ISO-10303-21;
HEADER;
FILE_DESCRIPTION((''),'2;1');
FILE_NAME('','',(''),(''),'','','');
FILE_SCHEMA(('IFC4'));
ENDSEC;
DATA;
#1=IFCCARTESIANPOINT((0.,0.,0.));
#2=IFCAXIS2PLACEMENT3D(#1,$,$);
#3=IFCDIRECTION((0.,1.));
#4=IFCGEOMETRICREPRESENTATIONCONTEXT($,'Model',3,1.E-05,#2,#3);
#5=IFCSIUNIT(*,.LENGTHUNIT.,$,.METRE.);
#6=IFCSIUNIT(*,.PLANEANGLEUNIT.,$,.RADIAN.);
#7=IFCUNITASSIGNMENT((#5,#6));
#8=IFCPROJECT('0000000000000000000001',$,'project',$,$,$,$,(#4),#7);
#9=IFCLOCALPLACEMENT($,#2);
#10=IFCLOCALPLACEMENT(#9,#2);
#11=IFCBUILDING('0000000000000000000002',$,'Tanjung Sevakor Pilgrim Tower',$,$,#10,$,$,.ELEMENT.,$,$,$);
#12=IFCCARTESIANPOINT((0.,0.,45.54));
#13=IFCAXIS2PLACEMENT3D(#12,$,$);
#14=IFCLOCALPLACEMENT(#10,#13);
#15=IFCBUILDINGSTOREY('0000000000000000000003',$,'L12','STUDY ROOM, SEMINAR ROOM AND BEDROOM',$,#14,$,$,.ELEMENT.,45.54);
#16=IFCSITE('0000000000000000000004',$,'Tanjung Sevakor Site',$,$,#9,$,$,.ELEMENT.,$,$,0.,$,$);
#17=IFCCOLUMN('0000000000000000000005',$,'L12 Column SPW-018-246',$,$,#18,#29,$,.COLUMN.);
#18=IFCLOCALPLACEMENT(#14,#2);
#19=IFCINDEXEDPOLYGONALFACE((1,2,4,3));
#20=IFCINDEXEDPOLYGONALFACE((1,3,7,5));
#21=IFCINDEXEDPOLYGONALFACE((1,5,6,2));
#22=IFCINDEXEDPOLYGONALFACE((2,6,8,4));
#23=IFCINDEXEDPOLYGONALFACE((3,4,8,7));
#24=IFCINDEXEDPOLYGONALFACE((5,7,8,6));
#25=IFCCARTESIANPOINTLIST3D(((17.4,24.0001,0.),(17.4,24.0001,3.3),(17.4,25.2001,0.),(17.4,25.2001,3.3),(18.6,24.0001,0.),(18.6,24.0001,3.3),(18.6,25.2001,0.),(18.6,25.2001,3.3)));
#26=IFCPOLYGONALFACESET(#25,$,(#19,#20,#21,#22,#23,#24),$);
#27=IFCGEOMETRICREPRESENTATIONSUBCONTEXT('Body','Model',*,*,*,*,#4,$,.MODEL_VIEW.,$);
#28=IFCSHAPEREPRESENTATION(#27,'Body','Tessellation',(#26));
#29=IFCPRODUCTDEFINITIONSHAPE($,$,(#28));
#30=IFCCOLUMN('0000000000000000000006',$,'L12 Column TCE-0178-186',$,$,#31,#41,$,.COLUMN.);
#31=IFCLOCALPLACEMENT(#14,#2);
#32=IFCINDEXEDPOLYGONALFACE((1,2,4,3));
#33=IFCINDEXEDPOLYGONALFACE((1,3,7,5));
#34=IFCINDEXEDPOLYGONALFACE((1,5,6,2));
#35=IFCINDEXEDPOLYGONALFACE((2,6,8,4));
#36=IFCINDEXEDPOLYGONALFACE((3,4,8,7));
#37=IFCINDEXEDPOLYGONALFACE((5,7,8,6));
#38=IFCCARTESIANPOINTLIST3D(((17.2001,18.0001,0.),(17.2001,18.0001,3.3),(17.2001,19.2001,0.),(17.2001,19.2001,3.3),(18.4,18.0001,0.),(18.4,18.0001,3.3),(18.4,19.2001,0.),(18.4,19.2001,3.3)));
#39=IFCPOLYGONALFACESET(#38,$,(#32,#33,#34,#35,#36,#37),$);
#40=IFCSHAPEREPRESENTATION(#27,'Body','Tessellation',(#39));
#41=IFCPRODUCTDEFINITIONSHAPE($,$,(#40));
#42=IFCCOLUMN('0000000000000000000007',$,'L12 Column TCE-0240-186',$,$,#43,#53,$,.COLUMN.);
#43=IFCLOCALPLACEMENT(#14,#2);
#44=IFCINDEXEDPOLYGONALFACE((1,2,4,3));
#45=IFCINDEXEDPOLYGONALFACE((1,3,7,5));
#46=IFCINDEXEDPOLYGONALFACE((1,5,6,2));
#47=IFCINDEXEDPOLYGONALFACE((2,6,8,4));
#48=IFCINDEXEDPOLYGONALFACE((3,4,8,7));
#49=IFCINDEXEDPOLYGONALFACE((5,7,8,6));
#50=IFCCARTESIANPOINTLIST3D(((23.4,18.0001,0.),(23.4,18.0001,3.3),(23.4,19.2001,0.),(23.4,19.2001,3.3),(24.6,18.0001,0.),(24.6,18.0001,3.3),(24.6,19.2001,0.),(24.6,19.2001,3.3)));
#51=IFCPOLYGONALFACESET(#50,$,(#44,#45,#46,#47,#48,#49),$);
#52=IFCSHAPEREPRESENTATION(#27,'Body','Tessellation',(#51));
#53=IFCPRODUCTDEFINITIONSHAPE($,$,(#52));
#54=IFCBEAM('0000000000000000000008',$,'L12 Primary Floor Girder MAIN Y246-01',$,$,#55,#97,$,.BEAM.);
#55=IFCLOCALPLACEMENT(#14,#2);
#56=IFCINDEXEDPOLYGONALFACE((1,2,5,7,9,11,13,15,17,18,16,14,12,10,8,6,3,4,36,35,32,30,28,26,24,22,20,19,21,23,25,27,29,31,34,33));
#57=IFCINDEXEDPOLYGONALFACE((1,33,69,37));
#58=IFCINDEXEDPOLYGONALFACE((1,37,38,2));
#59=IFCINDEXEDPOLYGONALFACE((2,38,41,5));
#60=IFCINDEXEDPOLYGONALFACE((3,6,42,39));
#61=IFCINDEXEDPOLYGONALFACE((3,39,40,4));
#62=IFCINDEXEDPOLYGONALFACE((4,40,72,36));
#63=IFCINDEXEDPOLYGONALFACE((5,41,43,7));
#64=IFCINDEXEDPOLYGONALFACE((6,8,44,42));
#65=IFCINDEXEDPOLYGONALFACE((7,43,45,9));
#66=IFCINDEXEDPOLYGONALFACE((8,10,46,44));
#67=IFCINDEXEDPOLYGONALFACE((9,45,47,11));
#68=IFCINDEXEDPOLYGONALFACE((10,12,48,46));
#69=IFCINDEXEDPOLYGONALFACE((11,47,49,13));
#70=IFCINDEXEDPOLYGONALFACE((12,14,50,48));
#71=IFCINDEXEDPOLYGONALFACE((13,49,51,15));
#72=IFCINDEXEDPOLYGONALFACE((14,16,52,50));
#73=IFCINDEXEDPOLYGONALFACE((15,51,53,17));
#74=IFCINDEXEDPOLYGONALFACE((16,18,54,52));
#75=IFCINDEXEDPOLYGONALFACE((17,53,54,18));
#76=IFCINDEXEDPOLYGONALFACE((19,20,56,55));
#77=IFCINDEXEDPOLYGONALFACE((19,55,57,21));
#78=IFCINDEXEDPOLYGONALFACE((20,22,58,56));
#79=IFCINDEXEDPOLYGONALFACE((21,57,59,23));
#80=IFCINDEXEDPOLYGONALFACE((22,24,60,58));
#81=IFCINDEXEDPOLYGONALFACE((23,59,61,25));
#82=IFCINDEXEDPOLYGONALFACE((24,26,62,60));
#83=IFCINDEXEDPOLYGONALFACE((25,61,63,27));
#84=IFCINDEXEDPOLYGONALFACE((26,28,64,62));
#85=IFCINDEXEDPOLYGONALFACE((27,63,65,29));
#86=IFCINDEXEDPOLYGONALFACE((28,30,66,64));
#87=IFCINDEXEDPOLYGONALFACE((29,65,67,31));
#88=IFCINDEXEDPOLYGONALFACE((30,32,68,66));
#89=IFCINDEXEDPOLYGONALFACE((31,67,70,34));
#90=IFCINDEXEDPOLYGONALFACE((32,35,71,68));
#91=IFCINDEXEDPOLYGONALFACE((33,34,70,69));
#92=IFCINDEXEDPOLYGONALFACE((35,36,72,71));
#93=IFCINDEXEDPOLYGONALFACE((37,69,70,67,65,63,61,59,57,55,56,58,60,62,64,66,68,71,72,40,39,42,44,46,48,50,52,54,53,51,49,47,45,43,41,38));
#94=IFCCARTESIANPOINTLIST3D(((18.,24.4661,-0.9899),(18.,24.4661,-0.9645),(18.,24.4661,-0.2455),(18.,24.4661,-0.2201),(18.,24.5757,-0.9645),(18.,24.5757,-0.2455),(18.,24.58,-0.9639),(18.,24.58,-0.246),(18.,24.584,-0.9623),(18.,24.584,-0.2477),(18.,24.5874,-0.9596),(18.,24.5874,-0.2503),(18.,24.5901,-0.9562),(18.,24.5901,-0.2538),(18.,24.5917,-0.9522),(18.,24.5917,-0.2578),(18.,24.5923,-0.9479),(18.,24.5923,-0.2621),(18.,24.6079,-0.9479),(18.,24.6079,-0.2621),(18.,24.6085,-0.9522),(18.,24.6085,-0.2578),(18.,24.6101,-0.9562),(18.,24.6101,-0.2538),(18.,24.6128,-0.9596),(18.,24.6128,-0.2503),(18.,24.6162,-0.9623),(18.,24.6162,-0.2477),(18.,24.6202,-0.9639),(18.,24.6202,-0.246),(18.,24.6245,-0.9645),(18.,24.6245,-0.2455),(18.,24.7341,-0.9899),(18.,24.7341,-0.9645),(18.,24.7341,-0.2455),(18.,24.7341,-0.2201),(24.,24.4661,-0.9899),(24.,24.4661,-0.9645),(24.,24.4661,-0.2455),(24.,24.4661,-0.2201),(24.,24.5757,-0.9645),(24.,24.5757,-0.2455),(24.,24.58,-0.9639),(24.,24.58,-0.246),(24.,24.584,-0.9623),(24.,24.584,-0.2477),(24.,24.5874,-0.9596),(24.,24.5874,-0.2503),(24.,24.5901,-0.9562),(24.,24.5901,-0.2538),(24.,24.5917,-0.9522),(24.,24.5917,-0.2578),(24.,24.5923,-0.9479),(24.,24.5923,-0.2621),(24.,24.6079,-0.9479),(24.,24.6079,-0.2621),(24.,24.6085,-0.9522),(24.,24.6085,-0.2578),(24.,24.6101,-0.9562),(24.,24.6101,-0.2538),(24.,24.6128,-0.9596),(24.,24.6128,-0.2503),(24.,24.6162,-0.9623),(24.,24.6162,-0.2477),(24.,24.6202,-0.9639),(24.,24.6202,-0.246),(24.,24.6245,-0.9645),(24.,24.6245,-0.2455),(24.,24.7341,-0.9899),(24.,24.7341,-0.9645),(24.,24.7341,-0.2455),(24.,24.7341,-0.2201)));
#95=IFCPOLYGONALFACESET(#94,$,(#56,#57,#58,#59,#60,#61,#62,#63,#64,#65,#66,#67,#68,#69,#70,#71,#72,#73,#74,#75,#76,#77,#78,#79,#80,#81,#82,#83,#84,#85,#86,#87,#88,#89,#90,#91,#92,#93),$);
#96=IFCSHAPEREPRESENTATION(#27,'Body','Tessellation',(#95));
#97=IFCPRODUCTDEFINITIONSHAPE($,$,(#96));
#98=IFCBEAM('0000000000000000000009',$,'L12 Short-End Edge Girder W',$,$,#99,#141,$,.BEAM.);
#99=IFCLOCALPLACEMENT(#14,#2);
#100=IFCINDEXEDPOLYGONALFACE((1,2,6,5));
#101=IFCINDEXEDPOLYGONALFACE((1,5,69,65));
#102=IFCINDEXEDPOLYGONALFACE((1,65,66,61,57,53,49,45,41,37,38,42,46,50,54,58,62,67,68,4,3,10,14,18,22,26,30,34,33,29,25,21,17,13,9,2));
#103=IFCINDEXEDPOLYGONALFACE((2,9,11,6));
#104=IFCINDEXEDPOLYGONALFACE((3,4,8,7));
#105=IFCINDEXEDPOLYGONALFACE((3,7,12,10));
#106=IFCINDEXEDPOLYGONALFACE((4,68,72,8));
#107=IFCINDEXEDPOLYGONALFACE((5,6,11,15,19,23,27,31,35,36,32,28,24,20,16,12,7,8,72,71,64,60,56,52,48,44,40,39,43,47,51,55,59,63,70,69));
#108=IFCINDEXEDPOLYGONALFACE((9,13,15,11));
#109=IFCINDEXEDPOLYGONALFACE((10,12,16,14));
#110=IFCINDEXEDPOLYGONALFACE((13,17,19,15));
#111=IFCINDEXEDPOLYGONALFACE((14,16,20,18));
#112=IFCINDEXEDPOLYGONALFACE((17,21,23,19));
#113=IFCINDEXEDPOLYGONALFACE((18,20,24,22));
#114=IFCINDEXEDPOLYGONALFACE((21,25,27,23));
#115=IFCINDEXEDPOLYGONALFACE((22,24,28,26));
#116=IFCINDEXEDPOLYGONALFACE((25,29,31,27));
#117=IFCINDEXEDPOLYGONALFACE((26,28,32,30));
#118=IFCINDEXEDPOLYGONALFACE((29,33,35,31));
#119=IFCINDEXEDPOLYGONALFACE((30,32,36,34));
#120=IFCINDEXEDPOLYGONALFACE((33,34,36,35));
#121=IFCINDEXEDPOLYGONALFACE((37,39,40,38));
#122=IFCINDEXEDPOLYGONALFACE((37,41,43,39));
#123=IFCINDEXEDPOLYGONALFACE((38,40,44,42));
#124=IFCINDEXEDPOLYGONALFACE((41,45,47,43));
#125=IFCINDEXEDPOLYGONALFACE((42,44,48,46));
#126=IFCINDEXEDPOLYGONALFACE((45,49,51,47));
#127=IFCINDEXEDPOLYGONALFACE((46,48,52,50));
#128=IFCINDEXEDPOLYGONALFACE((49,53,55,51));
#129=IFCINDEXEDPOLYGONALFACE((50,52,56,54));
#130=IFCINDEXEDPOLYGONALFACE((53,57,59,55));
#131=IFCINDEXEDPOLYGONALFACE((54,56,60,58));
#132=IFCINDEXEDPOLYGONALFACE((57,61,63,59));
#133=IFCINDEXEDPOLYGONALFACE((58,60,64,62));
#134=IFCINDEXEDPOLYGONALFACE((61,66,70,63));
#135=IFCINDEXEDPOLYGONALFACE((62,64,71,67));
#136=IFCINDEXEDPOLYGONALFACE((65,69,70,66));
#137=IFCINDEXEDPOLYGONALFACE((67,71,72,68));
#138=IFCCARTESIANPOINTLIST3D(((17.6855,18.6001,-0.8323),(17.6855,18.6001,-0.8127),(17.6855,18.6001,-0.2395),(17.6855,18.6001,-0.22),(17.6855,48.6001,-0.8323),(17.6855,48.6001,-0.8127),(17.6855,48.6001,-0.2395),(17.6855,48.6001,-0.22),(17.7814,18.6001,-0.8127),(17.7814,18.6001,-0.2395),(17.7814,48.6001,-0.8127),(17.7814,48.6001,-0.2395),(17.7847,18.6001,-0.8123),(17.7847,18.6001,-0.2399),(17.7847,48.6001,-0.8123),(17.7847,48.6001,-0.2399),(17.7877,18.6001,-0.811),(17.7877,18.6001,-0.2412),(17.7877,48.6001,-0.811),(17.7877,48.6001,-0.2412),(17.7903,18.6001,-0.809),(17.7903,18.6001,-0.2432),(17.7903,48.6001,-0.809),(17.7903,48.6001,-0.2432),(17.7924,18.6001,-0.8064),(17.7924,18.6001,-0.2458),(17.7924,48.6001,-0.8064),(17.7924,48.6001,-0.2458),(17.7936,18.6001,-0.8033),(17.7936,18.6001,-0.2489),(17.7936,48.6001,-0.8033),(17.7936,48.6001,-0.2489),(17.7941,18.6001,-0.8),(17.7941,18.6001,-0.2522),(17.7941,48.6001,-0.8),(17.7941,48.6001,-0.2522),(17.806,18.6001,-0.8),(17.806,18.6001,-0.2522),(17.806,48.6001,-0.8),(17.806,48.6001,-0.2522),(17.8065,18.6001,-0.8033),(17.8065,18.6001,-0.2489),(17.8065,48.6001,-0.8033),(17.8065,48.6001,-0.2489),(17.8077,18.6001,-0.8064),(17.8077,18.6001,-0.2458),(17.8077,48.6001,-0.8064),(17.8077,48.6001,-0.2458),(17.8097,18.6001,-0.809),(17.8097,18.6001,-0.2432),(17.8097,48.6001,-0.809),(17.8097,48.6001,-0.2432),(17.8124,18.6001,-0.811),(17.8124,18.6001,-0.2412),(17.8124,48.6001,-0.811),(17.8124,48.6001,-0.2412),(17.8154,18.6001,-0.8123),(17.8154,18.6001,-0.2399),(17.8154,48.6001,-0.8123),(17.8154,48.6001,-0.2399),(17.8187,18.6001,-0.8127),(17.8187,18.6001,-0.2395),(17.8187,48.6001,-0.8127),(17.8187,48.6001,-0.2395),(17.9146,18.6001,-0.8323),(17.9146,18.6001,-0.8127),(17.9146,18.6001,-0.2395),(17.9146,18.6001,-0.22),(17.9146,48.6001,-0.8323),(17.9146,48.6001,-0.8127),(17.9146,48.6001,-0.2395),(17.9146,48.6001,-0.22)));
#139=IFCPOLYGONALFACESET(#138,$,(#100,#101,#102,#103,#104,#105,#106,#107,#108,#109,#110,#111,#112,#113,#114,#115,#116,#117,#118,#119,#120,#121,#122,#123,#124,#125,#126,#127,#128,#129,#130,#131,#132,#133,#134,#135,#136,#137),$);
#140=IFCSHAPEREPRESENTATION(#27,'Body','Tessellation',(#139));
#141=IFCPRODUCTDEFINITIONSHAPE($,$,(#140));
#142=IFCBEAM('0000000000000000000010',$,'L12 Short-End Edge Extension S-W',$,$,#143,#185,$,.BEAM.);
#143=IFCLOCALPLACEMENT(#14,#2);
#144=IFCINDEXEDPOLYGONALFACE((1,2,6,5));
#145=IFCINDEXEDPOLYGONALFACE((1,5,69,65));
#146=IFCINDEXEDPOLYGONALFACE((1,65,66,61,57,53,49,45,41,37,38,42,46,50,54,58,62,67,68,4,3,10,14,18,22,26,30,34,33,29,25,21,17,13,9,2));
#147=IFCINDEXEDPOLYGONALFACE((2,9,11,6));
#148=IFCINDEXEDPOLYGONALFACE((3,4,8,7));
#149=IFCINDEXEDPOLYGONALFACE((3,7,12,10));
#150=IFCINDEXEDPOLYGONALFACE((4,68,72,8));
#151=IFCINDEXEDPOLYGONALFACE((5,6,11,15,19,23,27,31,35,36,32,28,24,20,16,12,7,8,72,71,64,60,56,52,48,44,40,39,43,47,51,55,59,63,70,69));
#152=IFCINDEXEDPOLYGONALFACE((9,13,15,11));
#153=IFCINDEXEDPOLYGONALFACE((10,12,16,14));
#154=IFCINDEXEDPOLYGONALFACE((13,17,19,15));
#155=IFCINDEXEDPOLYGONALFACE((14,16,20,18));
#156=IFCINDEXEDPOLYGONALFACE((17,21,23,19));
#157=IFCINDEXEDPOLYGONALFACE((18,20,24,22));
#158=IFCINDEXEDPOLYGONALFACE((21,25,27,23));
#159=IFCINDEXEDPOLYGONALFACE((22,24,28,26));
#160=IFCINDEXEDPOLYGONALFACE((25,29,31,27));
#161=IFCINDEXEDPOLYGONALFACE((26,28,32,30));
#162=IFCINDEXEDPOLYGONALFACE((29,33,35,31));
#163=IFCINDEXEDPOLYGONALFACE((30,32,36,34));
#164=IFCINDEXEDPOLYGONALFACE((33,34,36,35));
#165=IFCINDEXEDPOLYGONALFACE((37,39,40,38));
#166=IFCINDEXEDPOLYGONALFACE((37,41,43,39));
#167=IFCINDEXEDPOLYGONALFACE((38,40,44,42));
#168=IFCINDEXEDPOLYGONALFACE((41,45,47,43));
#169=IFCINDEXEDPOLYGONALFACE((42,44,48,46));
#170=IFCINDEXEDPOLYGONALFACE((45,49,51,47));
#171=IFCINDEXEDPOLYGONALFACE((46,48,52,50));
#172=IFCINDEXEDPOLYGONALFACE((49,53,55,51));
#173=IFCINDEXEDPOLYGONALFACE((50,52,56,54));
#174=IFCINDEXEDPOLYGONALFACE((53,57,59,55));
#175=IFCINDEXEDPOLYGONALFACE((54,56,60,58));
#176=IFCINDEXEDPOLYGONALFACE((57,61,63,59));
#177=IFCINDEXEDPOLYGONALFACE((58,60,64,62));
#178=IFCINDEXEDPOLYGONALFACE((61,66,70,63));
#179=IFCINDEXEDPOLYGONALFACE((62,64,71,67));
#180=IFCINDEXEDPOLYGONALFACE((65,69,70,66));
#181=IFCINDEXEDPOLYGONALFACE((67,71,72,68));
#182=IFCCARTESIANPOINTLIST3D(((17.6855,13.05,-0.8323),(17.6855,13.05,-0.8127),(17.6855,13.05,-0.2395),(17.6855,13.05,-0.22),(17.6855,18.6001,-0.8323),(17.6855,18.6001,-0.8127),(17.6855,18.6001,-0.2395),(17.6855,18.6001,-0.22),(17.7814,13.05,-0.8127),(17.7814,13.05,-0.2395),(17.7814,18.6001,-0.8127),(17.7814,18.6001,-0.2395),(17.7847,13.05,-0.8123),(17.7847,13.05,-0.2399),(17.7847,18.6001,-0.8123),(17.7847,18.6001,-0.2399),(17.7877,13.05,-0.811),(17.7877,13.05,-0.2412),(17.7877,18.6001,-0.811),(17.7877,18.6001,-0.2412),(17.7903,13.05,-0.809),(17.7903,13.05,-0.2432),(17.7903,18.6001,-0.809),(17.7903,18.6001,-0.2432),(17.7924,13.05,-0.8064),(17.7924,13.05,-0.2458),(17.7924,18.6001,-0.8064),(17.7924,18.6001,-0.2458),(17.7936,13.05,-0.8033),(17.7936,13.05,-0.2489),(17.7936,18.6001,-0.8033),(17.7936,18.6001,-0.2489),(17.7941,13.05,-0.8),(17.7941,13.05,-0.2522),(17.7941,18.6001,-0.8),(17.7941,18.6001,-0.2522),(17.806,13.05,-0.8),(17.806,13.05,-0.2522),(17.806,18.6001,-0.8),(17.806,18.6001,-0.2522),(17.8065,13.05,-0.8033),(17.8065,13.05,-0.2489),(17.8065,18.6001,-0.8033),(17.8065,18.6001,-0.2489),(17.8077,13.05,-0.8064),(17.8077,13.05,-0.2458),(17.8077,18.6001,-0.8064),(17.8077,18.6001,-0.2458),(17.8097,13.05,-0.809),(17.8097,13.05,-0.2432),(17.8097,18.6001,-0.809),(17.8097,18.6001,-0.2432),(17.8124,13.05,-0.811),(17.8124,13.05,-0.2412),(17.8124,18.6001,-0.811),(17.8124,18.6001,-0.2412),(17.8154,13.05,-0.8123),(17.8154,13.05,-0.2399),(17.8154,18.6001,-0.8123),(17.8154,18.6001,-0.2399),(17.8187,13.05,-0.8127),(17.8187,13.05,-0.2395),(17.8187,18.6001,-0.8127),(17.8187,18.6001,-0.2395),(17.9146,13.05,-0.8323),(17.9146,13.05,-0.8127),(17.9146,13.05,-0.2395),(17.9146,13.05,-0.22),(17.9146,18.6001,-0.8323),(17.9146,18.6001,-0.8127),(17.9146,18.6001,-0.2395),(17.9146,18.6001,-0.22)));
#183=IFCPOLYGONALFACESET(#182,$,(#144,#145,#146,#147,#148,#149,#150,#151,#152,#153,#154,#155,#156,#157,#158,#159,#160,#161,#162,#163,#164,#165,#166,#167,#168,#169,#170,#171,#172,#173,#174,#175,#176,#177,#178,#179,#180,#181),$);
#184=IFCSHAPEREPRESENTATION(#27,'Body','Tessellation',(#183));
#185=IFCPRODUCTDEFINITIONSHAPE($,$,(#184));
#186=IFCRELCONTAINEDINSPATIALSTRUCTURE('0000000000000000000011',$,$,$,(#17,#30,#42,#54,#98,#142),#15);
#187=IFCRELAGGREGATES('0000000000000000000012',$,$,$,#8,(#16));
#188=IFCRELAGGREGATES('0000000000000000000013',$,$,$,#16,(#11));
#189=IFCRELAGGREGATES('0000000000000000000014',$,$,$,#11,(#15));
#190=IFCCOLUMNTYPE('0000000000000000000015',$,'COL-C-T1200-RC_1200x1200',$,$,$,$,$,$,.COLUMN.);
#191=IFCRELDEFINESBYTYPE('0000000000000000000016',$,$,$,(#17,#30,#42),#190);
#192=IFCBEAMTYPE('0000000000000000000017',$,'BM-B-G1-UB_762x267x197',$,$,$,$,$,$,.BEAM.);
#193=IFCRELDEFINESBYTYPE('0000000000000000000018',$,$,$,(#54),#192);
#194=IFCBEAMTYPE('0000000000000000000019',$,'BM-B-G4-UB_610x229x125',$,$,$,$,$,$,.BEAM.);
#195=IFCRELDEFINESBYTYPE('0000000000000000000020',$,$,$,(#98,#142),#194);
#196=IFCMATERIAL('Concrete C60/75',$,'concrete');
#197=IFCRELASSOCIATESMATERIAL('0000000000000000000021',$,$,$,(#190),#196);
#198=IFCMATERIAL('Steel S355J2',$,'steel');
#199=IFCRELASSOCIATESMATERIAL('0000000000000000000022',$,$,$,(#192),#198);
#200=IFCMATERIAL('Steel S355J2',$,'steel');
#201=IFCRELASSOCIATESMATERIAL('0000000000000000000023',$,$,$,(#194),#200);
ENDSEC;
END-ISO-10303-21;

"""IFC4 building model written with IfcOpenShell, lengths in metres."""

from ifc_helpers import new_model, si_unit, direction, frame, origin, origin_2d, place, context, subcontext, project, spatial, rectangle, i_section, extrude, material, material_profile, profile_set, type_object, element, save


model = new_model("IFC4")

# Units and contexts
model_context = context("Model", 3, precision=1e-05, world=origin(), true_north=direction((0.0, 1.0)))
body_context = subcontext(model_context, "Body", "Model", "MODEL_VIEW")
ifc_project = project(units=[si_unit("LENGTHUNIT", "METRE"), si_unit("PLANEANGLEUNIT", "RADIAN")], contexts=[model_context])

# Site, building, storey
site_placement = place(None, origin())
site = spatial("IfcSite", under=ifc_project, at=site_placement, Name="Tanjung Sevakor Site", CompositionType="ELEMENT", RefElevation=0.0)
building_placement = place(site_placement, origin())
building = spatial("IfcBuilding", under=site, at=building_placement, Name="Tanjung Sevakor Pilgrim Tower", CompositionType="ELEMENT")
storey_placement = place(building_placement, frame((0.0, 0.0, 45.54)))
storey = spatial("IfcBuildingStorey", under=building, at=storey_placement, Name="L12", Description="STUDY ROOM, SEMINAR ROOM AND BEDROOM", CompositionType="ELEMENT", Elevation=45.54)

# Columns
ifc_material_1 = material(Name="Concrete C60/75", Category="concrete")
ifc_material_profile_1 = material_profile(ifc_material_1, rectangle(XDim=1.2, YDim=1.2, at=origin_2d()))
ifc_profile_set_1 = profile_set([ifc_material_profile_1], Name="Concrete C60/75")
column_type = type_object("IfcColumnType", Name="COL-C-T1200-RC_1200x1200", PredefinedType="COLUMN", material=ifc_profile_set_1)
for number, where, z_axis, x_axis, name in (
    (1, (18.0, 24.6001, 0.0), (0.0, 0.0, 1.0), (1.0, 0.0, 0.0), "L12 Column SPW-018-246"),
    (2, (17.8, 18.6001, 0.0), (0.0, 0.0, 1.0), (1.0, 0.0, 0.0), "L12 Column TCE-0178-186"),
    (3, (24.0, 18.6001, 0.0), (0.0, 0.0, 1.0), (1.0, 0.0, 0.0), "L12 Column TCE-0240-186"),
):
    element("IfcColumn", number, at=place(storey_placement, frame(where, z_axis=z_axis, x_axis=x_axis)), inside=storey, type_object=column_type, Name=name, PredefinedType="COLUMN", context=body_context, shape_type="SweptSolid", body=[
        extrude(rectangle(XDim=1.2, YDim=1.2, at=origin_2d()), origin(), (0.0, 0.0, 1.0), 3.3),
    ])

# Beams
ifc_material_2 = material(Name="Steel S355J2", Category="steel")
ifc_material_profile_2 = material_profile(ifc_material_2, i_section(OverallWidth=0.2681, OverallDepth=0.7698, WebThickness=0.0156, FlangeThickness=0.0254, FilletRadius=0.0166, at=origin_2d()))
ifc_profile_set_2 = profile_set([ifc_material_profile_2], Name="Steel S355J2")
beam_type_1 = type_object("IfcBeamType", Name="BM-B-G1-UB_762x267x197", PredefinedType="BEAM", material=ifc_profile_set_2)
beam_1_placement = place(storey_placement, frame((18.0, 24.6001, -0.605), z_axis=(1.0, 0.0, 0.0), x_axis=(0.0, 1.0, 0.0)))
element("IfcBeam", 4, at=beam_1_placement, inside=storey, type_object=beam_type_1, Name="L12 Primary Floor Girder MAIN Y246-01", PredefinedType="BEAM", context=body_context, shape_type="SweptSolid", body=[
    extrude(i_section(OverallWidth=0.2681, OverallDepth=0.7698, WebThickness=0.0156, FlangeThickness=0.0254, FilletRadius=0.0166, at=origin_2d()), origin(), (0.0, 0.0, 1.0), 6.0),
])
ifc_material_3 = material(Name="Steel S355J2", Category="steel")
ifc_material_profile_3 = material_profile(ifc_material_3, i_section(OverallWidth=0.229, OverallDepth=0.6123, WebThickness=0.012, FlangeThickness=0.0195, FilletRadius=0.0127, at=origin_2d()))
ifc_profile_set_3 = profile_set([ifc_material_profile_3], Name="Steel S355J2")
beam_type_2 = type_object("IfcBeamType", Name="BM-B-G4-UB_610x229x125", PredefinedType="BEAM", material=ifc_profile_set_3)
beam_2_placement = place(storey_placement, frame((17.8, 18.6001, -0.5261), z_axis=(0.0, 1.0, 0.0), x_axis=(-1.0, 0.0, 0.0)))
element("IfcBeam", 5, at=beam_2_placement, inside=storey, type_object=beam_type_2, Name="L12 Short-End Edge Girder W", PredefinedType="BEAM", context=body_context, shape_type="SweptSolid", body=[
    extrude(i_section(OverallWidth=0.229, OverallDepth=0.6123, WebThickness=0.012, FlangeThickness=0.0195, FilletRadius=0.0127, at=origin_2d()), origin(), (0.0, 0.0, 1.0), 30.0),
])
beam_3_placement = place(storey_placement, frame((17.8, 18.6001, -0.5261), z_axis=(0.0, -1.0, 0.0), x_axis=(1.0, 0.0, 0.0)))
element("IfcBeam", 6, at=beam_3_placement, inside=storey, type_object=beam_type_2, Name="L12 Short-End Edge Extension S-W", PredefinedType="BEAM", context=body_context, shape_type="SweptSolid", body=[
    extrude(i_section(OverallWidth=0.229, OverallDepth=0.6123, WebThickness=0.012, FlangeThickness=0.0195, FilletRadius=0.0127, at=origin_2d()), origin(), (0.0, 0.0, 1.0), 5.55),
])

save(model, "model.ifc")
